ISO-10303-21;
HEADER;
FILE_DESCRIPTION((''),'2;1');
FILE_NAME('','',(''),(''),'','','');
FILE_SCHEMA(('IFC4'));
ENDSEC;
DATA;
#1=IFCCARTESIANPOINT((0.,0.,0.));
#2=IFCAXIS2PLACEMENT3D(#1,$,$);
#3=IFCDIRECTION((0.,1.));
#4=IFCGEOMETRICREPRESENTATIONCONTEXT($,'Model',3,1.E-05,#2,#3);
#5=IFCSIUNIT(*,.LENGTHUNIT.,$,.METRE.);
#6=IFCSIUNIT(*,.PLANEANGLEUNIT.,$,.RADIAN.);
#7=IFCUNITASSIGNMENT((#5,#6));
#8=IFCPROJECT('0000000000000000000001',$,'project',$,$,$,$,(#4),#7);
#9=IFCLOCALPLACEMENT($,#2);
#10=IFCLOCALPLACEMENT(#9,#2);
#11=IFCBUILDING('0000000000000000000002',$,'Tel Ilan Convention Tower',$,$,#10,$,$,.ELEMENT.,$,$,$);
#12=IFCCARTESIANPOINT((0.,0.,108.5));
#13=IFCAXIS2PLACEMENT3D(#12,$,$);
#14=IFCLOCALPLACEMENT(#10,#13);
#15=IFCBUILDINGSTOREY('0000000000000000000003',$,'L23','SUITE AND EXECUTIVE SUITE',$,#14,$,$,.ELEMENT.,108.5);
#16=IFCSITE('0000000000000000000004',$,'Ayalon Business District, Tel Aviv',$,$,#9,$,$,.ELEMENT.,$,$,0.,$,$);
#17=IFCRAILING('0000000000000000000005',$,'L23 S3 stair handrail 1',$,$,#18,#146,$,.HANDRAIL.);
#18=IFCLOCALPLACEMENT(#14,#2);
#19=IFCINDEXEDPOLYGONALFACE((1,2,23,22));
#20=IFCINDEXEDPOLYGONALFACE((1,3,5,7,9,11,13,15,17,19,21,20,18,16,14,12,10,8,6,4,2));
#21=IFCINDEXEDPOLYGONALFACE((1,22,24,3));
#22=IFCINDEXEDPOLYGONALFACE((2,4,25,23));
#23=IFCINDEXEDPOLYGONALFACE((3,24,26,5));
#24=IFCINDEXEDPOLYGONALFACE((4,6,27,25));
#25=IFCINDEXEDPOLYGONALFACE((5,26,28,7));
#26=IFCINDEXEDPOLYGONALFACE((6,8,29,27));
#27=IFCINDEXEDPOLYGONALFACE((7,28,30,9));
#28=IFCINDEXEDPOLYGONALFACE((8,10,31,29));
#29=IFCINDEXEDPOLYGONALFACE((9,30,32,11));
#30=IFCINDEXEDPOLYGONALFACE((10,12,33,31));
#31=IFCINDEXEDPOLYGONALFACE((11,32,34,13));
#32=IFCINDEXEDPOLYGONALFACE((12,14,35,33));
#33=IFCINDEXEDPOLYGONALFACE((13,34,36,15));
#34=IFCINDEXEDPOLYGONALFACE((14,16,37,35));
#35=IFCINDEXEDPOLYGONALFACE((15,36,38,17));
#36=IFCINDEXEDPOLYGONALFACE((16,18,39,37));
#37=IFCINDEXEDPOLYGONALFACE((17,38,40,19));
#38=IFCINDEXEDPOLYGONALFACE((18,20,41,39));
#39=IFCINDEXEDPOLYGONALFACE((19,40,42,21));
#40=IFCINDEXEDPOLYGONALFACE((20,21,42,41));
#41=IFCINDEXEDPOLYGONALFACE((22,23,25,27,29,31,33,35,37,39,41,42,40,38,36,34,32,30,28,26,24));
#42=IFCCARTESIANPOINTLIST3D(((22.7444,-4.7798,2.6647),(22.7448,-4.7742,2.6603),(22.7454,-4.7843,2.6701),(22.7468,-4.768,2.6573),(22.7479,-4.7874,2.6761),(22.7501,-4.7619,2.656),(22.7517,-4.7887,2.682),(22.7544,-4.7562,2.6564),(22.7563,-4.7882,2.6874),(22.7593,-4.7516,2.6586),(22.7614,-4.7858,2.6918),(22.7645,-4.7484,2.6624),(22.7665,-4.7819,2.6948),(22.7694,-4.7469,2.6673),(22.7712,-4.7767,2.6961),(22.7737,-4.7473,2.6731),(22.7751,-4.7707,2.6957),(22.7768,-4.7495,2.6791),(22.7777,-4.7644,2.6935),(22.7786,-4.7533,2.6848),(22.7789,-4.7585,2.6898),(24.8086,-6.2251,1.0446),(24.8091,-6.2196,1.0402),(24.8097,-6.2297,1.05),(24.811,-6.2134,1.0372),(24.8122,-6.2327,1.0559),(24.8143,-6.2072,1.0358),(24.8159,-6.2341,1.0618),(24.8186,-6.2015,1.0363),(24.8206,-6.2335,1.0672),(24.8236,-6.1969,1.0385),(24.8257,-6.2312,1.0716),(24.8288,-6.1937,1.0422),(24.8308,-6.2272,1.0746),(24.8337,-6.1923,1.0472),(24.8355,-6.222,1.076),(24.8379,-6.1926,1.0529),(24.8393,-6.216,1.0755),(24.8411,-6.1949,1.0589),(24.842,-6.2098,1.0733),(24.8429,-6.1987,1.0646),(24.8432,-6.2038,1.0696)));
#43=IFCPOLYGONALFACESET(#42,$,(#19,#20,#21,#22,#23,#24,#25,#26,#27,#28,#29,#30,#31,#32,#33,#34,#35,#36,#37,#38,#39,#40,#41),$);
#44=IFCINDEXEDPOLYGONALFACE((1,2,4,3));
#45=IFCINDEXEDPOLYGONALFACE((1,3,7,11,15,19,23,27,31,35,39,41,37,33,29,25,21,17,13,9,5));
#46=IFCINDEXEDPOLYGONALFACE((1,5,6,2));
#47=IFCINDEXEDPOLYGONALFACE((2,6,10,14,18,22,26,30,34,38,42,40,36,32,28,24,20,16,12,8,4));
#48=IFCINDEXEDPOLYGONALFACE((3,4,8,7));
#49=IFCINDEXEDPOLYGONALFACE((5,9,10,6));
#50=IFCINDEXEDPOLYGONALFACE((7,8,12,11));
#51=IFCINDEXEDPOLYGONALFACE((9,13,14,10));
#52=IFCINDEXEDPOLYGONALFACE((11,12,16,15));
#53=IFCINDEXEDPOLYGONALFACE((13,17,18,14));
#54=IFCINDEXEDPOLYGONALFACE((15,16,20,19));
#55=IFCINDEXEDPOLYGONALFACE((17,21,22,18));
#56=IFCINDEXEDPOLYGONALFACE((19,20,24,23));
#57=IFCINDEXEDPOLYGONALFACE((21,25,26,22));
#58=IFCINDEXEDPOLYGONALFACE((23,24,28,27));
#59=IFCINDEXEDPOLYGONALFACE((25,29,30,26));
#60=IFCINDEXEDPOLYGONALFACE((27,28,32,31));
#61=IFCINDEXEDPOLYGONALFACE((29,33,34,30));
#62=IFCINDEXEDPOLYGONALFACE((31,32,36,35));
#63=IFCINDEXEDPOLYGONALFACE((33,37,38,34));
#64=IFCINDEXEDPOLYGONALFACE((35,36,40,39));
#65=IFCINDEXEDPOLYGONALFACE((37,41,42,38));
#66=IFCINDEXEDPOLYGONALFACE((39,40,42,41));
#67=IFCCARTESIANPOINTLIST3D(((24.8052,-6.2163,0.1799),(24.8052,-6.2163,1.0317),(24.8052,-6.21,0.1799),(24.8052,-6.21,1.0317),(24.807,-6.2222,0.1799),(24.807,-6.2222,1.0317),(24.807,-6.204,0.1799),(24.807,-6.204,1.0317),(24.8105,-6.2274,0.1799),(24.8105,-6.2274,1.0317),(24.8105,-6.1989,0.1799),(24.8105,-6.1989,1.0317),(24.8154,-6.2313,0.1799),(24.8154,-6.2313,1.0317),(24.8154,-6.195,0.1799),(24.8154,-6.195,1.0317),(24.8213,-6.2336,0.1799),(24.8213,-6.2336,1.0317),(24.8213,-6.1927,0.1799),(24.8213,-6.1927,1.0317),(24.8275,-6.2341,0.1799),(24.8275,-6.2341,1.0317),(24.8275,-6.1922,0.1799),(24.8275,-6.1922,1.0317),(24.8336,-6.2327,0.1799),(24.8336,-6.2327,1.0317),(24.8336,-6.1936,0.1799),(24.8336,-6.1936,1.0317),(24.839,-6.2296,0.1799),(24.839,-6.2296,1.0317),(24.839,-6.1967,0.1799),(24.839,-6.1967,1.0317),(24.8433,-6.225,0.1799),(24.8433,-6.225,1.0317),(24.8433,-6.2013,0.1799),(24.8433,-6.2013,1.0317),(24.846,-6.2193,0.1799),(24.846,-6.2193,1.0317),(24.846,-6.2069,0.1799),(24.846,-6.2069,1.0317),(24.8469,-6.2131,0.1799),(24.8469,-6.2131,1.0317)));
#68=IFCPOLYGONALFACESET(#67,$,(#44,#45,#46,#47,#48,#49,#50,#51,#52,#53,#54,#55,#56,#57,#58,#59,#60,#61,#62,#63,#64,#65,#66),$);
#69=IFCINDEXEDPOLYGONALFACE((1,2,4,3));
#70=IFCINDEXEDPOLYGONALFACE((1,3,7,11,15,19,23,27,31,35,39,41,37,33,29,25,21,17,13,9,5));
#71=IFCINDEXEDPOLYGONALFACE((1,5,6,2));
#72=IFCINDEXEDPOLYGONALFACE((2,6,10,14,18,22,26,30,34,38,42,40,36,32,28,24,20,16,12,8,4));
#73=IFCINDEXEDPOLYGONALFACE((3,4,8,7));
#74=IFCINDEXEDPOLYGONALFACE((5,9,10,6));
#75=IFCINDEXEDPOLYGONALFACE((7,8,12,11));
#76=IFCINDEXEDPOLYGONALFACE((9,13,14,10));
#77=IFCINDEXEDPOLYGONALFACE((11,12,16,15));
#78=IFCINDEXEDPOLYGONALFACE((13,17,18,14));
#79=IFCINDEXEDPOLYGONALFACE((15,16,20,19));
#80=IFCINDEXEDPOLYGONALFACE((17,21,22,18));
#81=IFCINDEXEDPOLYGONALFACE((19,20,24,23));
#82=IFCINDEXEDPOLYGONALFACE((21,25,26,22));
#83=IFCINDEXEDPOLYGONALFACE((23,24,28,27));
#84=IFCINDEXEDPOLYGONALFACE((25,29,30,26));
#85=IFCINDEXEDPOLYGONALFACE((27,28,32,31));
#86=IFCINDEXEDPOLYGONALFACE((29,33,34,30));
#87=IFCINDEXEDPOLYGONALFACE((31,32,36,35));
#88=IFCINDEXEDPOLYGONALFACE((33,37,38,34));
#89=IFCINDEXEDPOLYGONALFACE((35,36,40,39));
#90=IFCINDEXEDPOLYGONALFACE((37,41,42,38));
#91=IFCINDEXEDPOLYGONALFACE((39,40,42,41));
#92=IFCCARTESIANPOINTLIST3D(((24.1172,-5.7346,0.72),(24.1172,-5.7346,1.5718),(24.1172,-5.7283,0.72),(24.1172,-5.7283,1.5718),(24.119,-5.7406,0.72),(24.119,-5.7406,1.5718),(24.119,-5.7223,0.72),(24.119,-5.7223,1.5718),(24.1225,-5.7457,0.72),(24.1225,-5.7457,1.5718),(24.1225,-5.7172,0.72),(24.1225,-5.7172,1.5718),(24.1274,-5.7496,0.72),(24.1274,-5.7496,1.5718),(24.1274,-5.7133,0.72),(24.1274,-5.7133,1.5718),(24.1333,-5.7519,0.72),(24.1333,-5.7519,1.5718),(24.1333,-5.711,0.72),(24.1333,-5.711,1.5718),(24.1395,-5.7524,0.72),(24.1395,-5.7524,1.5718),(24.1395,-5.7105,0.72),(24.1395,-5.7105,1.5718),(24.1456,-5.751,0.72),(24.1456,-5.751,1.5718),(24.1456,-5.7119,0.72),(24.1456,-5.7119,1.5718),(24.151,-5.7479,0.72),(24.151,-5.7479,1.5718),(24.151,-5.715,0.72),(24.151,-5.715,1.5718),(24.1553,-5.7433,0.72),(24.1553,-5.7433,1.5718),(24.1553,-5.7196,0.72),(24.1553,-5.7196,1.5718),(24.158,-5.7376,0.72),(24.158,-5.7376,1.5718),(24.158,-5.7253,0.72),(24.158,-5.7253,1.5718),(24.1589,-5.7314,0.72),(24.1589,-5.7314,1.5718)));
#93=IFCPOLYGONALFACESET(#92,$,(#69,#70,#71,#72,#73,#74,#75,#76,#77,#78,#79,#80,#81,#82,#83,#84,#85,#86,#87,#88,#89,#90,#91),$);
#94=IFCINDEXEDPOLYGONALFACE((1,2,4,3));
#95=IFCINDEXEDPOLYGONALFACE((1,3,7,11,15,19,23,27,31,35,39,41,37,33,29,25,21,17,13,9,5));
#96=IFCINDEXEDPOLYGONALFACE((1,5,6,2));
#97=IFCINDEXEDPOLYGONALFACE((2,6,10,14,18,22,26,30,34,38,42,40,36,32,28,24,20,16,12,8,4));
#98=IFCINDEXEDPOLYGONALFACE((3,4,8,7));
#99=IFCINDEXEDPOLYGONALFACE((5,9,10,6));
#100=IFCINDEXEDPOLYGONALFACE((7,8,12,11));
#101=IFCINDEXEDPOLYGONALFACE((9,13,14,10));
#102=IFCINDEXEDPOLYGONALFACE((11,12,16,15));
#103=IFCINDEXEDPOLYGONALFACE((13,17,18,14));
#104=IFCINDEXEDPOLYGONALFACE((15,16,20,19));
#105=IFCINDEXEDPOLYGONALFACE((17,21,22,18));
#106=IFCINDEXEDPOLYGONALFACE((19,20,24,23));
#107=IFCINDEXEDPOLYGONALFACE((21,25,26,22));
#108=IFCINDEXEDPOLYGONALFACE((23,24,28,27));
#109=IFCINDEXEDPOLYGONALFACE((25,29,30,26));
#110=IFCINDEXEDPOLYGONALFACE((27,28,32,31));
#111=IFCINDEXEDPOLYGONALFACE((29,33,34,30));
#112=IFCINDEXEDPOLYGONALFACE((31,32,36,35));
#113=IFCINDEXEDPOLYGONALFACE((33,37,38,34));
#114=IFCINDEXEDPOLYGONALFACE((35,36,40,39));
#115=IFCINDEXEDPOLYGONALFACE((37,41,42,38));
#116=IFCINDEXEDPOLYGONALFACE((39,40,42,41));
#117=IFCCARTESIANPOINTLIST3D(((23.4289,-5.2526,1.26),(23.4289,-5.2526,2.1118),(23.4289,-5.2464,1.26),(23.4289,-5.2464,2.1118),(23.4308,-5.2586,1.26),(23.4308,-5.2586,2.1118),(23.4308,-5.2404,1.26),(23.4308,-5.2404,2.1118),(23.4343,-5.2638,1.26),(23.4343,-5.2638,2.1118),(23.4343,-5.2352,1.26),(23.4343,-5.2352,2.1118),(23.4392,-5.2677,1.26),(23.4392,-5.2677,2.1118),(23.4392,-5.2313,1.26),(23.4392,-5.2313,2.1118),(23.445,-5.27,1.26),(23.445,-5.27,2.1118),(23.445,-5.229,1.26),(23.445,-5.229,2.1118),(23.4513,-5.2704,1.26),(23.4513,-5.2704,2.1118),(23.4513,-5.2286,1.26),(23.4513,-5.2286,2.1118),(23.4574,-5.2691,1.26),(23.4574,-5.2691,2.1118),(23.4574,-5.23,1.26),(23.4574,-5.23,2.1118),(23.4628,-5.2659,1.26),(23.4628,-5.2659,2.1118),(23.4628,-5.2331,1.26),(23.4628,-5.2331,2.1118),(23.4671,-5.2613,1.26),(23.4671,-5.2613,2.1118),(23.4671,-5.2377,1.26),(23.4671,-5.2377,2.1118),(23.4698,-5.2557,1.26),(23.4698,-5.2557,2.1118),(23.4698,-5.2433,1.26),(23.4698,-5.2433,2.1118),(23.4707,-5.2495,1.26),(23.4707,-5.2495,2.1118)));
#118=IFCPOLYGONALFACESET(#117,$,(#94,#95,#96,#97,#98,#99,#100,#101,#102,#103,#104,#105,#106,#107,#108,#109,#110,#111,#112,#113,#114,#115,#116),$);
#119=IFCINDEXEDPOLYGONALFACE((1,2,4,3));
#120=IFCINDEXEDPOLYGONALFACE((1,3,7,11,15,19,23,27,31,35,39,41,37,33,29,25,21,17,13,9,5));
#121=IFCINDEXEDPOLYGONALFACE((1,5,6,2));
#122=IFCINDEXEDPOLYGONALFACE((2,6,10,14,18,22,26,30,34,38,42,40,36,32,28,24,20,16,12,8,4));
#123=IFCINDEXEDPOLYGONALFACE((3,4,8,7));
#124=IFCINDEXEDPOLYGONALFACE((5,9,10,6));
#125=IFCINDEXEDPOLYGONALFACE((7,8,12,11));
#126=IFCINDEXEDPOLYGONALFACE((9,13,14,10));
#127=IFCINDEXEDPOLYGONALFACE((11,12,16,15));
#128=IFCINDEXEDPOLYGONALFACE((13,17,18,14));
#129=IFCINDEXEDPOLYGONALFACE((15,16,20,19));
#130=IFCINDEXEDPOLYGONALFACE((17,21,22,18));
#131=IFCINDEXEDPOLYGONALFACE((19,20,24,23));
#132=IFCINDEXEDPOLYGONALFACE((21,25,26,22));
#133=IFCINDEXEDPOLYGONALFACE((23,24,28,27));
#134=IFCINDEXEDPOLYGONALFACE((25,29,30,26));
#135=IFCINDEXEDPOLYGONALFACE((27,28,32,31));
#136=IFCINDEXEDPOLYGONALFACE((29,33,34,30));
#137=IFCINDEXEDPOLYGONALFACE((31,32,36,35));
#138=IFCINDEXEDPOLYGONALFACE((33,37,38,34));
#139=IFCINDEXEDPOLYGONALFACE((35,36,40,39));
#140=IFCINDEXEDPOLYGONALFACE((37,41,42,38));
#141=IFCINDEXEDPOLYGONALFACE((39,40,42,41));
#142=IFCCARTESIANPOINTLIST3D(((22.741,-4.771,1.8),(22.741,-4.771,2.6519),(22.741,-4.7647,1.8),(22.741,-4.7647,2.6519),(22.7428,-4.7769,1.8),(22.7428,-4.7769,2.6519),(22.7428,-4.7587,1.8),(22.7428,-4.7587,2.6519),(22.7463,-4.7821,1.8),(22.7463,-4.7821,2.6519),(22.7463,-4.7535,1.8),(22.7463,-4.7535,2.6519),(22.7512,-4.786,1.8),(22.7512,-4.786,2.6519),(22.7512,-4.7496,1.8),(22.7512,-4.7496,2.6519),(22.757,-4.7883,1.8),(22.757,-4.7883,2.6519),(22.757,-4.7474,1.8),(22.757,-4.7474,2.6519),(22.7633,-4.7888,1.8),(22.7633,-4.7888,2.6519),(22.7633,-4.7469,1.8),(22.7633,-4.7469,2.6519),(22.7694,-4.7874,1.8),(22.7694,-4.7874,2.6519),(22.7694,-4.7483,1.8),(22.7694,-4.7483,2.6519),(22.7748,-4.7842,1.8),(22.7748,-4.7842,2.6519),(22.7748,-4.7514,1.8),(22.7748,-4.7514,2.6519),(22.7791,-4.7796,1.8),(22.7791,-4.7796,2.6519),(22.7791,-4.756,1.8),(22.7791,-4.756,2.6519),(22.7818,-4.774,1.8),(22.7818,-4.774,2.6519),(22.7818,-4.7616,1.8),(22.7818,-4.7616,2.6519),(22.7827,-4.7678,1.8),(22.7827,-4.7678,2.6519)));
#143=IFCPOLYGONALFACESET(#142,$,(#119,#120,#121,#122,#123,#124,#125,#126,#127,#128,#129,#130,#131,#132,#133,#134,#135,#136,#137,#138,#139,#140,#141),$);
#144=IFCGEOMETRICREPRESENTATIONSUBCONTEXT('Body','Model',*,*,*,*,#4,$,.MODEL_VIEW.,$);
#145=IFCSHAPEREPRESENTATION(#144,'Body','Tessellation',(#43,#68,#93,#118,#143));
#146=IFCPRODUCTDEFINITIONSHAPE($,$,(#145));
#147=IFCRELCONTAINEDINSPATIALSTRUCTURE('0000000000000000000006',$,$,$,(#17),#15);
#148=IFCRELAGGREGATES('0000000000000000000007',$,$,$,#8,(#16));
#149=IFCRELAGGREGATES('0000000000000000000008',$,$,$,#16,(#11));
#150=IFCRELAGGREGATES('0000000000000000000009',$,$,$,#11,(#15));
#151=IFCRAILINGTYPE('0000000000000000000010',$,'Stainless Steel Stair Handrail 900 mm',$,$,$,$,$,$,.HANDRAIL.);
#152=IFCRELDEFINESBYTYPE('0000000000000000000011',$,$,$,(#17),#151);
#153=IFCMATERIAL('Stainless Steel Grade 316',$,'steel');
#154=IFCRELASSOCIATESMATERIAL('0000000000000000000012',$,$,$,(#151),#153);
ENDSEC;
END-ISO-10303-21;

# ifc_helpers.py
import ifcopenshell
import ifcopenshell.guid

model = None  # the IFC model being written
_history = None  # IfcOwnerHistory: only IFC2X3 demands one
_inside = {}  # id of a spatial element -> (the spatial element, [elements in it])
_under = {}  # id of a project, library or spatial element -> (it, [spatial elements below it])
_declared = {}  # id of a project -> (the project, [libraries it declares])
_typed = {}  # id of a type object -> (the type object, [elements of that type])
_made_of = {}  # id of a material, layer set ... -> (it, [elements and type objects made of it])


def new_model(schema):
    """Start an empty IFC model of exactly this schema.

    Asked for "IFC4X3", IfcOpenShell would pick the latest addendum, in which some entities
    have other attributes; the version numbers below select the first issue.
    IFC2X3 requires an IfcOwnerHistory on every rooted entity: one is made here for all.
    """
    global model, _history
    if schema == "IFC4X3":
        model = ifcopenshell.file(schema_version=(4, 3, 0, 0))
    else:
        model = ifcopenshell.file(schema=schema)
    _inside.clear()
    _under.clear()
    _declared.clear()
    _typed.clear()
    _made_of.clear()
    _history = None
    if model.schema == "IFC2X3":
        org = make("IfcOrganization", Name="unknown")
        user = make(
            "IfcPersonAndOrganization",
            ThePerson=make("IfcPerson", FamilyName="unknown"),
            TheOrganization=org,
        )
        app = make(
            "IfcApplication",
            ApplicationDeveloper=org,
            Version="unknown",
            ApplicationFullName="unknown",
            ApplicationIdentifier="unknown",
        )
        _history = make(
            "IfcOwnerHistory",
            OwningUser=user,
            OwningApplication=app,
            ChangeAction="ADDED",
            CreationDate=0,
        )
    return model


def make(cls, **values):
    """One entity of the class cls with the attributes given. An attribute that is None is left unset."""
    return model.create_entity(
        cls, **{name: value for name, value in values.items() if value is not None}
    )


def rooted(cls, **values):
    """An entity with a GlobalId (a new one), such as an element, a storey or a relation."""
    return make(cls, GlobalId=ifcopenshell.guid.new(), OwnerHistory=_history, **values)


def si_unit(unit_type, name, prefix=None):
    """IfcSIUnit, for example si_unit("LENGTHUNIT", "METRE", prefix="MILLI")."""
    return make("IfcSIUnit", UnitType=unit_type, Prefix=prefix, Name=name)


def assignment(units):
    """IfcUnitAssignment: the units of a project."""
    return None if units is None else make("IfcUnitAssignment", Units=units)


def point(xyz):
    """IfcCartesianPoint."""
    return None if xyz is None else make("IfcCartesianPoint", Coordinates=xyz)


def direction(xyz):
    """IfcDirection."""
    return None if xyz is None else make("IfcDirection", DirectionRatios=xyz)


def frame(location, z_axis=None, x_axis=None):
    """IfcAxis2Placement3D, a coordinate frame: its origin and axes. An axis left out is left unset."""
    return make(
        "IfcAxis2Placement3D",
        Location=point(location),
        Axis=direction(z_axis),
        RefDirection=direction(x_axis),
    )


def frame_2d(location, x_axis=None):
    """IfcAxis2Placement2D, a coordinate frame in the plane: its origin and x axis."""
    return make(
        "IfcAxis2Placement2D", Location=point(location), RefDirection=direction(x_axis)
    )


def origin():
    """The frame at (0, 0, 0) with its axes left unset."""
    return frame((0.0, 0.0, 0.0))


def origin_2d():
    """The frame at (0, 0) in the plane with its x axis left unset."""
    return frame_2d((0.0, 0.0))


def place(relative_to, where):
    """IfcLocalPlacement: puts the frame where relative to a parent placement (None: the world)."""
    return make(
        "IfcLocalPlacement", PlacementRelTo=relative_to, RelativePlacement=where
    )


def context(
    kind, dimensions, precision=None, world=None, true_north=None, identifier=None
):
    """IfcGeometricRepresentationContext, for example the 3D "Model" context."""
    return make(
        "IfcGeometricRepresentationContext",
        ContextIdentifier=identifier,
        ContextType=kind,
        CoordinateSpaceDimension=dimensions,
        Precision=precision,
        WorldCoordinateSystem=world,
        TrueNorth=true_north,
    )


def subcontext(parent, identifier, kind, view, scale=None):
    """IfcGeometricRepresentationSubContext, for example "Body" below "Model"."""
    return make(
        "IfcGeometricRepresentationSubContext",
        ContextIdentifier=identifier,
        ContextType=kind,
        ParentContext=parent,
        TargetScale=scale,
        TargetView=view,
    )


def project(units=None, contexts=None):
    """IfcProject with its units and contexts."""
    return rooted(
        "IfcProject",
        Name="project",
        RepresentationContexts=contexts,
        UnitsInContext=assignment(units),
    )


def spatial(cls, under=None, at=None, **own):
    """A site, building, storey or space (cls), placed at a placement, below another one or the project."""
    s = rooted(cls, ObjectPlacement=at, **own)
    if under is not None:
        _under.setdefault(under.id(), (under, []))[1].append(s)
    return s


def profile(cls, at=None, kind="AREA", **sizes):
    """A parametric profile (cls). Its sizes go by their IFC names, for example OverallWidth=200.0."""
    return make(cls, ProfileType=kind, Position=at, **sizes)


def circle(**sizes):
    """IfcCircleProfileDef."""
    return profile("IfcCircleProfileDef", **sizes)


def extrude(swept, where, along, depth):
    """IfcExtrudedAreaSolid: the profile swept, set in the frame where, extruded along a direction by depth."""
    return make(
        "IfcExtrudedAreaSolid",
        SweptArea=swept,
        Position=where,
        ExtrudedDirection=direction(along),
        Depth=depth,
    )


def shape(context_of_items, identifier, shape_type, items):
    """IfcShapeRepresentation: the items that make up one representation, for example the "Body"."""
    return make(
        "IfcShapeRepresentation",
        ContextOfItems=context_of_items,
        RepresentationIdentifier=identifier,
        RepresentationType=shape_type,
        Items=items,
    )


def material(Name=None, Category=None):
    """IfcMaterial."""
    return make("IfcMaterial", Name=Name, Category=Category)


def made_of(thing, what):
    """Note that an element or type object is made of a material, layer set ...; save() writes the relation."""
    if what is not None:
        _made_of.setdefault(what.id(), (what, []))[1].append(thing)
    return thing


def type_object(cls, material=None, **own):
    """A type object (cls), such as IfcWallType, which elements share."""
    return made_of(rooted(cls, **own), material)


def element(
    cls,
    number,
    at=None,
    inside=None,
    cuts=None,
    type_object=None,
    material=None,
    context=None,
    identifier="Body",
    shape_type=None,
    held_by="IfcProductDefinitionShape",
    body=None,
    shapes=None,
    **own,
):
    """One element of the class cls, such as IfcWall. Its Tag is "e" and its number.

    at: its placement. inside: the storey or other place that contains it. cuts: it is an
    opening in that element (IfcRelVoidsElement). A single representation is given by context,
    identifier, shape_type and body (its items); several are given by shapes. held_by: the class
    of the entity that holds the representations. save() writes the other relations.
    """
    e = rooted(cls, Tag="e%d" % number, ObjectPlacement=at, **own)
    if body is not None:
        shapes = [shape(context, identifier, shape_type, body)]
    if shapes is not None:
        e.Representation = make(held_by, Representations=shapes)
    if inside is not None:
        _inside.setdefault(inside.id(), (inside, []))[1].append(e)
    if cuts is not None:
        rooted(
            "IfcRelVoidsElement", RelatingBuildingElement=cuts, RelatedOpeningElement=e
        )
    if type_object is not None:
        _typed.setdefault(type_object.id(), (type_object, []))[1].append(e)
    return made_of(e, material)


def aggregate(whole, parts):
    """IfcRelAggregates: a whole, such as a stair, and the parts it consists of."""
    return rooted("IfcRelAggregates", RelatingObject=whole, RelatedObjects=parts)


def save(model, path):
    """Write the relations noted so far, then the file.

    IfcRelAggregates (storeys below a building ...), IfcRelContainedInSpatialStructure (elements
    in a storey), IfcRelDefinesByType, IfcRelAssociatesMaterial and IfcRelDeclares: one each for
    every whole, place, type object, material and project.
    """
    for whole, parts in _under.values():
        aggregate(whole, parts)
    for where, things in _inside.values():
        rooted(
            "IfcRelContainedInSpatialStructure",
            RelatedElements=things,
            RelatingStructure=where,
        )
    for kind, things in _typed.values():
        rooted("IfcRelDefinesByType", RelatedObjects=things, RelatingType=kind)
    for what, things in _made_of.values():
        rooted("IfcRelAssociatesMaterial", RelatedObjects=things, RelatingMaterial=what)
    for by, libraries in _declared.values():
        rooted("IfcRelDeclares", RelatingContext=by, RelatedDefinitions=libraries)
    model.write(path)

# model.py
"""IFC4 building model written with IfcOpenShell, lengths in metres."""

from ifc_helpers import new_model, si_unit, direction, frame, origin, origin_2d, place, context, subcontext, project, spatial, circle, extrude, material, type_object, element, save


model = new_model("IFC4")

# Units and contexts
model_context = context("Model", 3, precision=1e-05, world=origin(), true_north=direction((0.0, 1.0)))
body_context = subcontext(model_context, "Body", "Model", "MODEL_VIEW")
ifc_project = project(units=[si_unit("LENGTHUNIT", "METRE"), si_unit("PLANEANGLEUNIT", "RADIAN")], contexts=[model_context])

# Site, building, storey
site_placement = place(None, origin())
site = spatial("IfcSite", under=ifc_project, at=site_placement, Name="Ayalon Business District, Tel Aviv", CompositionType="ELEMENT", RefElevation=0.0)
building_placement = place(site_placement, origin())
building = spatial("IfcBuilding", under=site, at=building_placement, Name="Tel Ilan Convention Tower", CompositionType="ELEMENT")
storey_placement = place(building_placement, frame((0.0, 0.0, 108.5)))
storey = spatial("IfcBuildingStorey", under=building, at=storey_placement, Name="L23", Description="SUITE AND EXECUTIVE SUITE", CompositionType="ELEMENT", Elevation=108.5)

# Railing
ifc_material_1 = material(Name="Stainless Steel Grade 316", Category="steel")
railing_type_1 = type_object("IfcRailingType", Name="Stainless Steel Stair Handrail 900 mm", PredefinedType="HANDRAIL", material=ifc_material_1)
railing_1_placement = place(storey_placement, frame((24.8259, -6.2131, 0.1799)))
element("IfcRailing", 1, at=railing_1_placement, inside=storey, type_object=railing_type_1, Name="L23 S3 stair handrail 1", PredefinedType="HANDRAIL", context=body_context, shape_type="SweptSolid", body=[
    extrude(circle(Radius=0.0239, at=origin_2d()), frame((0.0, 0.0, 0.876), z_axis=(-0.68904, 0.48245, 0.540801), x_axis=(-0.57356, -0.819164, 0.0)), (0.0, 0.0, 1.0), 2.9958),
    extrude(circle(Radius=0.021, at=origin_2d()), origin(), (0.0, 0.0, 1.0), 0.8518),
    extrude(circle(Radius=0.021, at=origin_2d()), frame((-0.688, 0.4817, 0.54)), (0.0, 0.0, 1.0), 0.8518),
    extrude(circle(Radius=0.021, at=origin_2d()), frame((-1.3762, 0.9636, 1.0801)), (0.0, 0.0, 1.0), 0.8518),
    extrude(circle(Radius=0.021, at=origin_2d()), frame((-2.0642, 1.4453, 1.6201)), (0.0, 0.0, 1.0), 0.8518),
])

save(model, "model.ifc")
